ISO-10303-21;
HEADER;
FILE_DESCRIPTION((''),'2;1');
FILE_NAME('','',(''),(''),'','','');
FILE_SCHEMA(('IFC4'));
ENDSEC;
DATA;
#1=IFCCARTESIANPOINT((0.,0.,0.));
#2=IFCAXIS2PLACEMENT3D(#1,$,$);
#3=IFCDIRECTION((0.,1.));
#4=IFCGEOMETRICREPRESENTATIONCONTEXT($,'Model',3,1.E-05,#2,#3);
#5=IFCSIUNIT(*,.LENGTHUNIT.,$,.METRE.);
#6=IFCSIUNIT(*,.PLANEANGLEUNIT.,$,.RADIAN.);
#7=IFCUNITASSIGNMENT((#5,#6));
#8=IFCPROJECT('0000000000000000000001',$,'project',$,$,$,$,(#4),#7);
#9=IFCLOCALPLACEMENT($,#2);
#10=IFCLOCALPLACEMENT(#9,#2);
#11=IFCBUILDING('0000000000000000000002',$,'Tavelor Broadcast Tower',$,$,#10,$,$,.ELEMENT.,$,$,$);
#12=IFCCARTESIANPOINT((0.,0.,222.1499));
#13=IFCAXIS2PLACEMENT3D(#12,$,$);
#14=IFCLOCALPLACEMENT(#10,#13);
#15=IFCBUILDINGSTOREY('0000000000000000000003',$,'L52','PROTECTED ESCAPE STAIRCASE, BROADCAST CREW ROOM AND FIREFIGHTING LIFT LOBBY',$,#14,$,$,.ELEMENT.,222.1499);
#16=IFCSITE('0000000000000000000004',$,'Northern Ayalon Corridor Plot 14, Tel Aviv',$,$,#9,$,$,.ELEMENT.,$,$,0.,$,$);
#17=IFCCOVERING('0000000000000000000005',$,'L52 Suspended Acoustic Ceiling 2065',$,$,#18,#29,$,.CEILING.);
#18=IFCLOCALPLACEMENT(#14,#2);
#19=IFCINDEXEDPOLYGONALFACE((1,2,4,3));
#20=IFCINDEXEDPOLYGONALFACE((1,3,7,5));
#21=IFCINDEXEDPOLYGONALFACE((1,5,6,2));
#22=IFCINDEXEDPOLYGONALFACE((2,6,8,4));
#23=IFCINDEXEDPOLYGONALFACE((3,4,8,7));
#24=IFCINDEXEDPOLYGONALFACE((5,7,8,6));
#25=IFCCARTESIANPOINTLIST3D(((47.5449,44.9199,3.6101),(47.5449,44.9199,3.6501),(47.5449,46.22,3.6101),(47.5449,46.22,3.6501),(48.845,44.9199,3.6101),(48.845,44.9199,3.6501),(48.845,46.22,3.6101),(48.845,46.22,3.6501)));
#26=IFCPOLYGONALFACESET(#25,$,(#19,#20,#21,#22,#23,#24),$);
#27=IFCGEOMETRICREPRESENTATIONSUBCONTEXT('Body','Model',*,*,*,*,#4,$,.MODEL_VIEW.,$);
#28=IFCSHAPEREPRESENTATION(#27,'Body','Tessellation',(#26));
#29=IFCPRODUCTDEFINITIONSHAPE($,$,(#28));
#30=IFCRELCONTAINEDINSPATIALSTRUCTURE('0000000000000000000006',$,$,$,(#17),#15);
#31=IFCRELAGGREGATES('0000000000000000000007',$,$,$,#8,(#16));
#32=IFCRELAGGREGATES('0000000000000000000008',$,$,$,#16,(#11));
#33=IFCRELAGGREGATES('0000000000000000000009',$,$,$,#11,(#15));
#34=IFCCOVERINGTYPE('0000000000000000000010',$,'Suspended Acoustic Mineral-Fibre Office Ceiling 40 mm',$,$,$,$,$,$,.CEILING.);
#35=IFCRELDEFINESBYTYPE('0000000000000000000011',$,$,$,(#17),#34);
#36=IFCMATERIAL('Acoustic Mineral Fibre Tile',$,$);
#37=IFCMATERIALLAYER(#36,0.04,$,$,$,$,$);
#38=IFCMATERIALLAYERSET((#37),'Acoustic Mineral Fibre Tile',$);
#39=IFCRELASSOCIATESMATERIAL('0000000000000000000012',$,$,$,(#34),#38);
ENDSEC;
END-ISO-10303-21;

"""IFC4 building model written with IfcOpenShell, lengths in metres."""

from ifc_helpers import new_model, si_unit, direction, frame, origin, place, context, subcontext, project, spatial, polyline, outline, extrude, material, layer, layer_set, type_object, element, save


model = new_model("IFC4")

# Units and contexts
model_context = context("Model", 3, precision=1e-05, world=origin(), true_north=direction((0.0, 1.0)))
body_context = subcontext(model_context, "Body", "Model", "MODEL_VIEW")
ifc_project = project(units=[si_unit("LENGTHUNIT", "METRE"), si_unit("PLANEANGLEUNIT", "RADIAN")], contexts=[model_context])

# Site, building, storey
site_placement = place(None, origin())
site = spatial("IfcSite", under=ifc_project, at=site_placement, Name="Northern Ayalon Corridor Plot 14, Tel Aviv", CompositionType="ELEMENT", RefElevation=0.0)
building_placement = place(site_placement, origin())
building = spatial("IfcBuilding", under=site, at=building_placement, Name="Tavelor Broadcast Tower", CompositionType="ELEMENT")
storey_placement = place(building_placement, frame((0.0, 0.0, 222.1499)))
storey = spatial("IfcBuildingStorey", under=building, at=storey_placement, Name="L52", Description="PROTECTED ESCAPE STAIRCASE, BROADCAST CREW ROOM AND FIREFIGHTING LIFT LOBBY", CompositionType="ELEMENT", Elevation=222.1499)

# Covering
ifc_material_1 = material(Name="Acoustic Mineral Fibre Tile")
ifc_layer_1 = layer(ifc_material_1, 0.04)
ifc_layer_set_1 = layer_set([ifc_layer_1], Name="Acoustic Mineral Fibre Tile")
covering_type_1 = type_object("IfcCoveringType", Name="Suspended Acoustic Mineral-Fibre Office Ceiling 40 mm", PredefinedType="CEILING", material=ifc_layer_set_1)
covering_1_placement = place(storey_placement, frame((0.0, 0.0, 3.6101)))
element("IfcCovering", 1, at=covering_1_placement, inside=storey, type_object=covering_type_1, Name="L52 Suspended Acoustic Ceiling 2065", PredefinedType="CEILING", context=body_context, shape_type="SweptSolid", body=[
    extrude(outline(polyline([(47.5449, 44.9199), (48.845, 44.9199), (48.845, 46.22), (47.5449, 46.22), (47.5449, 44.9199)])), origin(), (0.0, 0.0, 1.0), 0.04),
])

save(model, "model.ifc")
